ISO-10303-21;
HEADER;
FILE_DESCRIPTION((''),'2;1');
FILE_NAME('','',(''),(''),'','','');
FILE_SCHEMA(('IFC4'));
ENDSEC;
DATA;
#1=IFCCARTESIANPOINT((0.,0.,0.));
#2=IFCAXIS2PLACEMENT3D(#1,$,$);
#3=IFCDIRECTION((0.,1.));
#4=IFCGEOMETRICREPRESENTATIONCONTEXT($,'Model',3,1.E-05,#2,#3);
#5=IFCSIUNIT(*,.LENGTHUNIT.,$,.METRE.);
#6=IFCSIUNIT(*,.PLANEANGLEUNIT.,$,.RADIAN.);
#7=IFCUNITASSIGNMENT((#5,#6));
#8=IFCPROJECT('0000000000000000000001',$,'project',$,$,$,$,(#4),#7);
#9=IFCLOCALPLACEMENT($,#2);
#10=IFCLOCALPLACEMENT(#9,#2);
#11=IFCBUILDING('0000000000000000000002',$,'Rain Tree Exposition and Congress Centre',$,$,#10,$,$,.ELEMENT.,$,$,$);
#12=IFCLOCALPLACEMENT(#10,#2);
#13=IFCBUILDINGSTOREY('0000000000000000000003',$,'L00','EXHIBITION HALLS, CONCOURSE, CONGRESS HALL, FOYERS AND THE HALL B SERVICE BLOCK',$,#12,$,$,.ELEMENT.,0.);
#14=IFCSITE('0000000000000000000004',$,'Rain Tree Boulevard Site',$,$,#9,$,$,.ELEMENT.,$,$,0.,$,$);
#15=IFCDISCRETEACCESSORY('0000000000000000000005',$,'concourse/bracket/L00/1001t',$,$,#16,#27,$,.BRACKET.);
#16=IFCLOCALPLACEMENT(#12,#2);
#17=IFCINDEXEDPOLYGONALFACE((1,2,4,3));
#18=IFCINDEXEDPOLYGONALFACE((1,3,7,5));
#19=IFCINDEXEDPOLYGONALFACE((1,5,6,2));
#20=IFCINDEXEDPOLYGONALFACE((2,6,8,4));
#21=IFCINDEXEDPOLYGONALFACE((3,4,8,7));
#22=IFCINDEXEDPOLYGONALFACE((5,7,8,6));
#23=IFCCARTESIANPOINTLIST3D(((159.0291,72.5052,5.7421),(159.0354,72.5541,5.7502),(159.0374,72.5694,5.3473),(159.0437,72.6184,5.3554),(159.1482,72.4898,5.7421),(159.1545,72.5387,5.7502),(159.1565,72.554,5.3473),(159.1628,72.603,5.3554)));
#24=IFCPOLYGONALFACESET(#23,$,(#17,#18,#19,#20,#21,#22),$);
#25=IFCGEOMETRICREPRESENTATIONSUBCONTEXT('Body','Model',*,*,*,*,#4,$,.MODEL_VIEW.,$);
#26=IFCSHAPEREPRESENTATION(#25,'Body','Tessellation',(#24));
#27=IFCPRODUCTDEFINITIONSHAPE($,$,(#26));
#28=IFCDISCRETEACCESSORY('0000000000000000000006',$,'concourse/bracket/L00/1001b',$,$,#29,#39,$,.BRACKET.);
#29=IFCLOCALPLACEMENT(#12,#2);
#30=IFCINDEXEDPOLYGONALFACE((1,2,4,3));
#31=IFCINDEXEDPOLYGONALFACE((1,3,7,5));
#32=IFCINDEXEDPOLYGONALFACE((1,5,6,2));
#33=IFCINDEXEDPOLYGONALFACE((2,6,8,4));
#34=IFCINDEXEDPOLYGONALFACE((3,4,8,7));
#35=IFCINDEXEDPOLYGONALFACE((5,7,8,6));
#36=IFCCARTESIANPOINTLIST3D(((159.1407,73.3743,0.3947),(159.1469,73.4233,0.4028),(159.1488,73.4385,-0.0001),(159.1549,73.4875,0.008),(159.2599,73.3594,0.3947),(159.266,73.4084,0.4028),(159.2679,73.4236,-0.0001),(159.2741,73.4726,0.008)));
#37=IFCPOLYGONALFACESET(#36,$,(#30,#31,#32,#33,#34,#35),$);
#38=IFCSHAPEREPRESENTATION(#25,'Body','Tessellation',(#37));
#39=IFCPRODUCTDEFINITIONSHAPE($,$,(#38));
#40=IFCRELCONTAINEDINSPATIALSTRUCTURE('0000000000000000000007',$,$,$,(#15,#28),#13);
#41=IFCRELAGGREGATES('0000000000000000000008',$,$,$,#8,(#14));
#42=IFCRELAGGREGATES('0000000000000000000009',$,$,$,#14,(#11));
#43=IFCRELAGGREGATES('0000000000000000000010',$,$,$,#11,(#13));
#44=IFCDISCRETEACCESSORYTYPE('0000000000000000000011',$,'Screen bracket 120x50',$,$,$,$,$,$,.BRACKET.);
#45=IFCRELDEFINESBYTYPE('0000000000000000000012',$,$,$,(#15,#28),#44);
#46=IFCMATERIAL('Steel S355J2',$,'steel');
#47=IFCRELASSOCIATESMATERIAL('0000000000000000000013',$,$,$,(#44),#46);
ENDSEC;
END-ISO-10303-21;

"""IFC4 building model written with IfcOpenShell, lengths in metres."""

from ifc_helpers import new_model, si_unit, direction, frame, origin, origin_2d, place, context, subcontext, project, spatial, rectangle, extrude, material, material_profile, profile_set, type_object, element, save


model = new_model("IFC4")

# Units and contexts
model_context = context("Model", 3, precision=1e-05, world=origin(), true_north=direction((0.0, 1.0)))
body_context = subcontext(model_context, "Body", "Model", "MODEL_VIEW")
ifc_project = project(units=[si_unit("LENGTHUNIT", "METRE"), si_unit("PLANEANGLEUNIT", "RADIAN")], contexts=[model_context])

# Site, building, storey
site_placement = place(None, origin())
site = spatial("IfcSite", under=ifc_project, at=site_placement, Name="Rain Tree Boulevard Site", CompositionType="ELEMENT", RefElevation=0.0)
building_placement = place(site_placement, origin())
building = spatial("IfcBuilding", under=site, at=building_placement, Name="Rain Tree Exposition and Congress Centre", CompositionType="ELEMENT")
storey_placement = place(building_placement, origin())
storey = spatial("IfcBuildingStorey", under=building, at=storey_placement, Name="L00", Description="EXHIBITION HALLS, CONCOURSE, CONGRESS HALL, FOYERS AND THE HALL B SERVICE BLOCK", CompositionType="ELEMENT", Elevation=0.0)

# Discrete accessories
ifc_material_1 = material(Name="Steel S355J2", Category="steel")
ifc_material_profile_1 = material_profile(ifc_material_1, rectangle(XDim=0.1201, YDim=0.05, at=origin_2d()), Name="Flat bar 120x50")
ifc_profile_set_1 = profile_set([ifc_material_profile_1], Name="Steel S355J2")
discrete_accessory_type = type_object("IfcDiscreteAccessoryType", Name="Screen bracket 120x50", PredefinedType="BRACKET", material=ifc_profile_set_1)
for number, where, z_axis, x_axis, name in (
    (1, (159.1001, 72.5862, 5.3513), (-0.020749, -0.160503, 0.986817), (0.991747, -0.128211, 0.0), "concourse/bracket/L00/1001t"),
    (2, (159.2114, 73.4556, 0.0039), (-0.020139, -0.160505, 0.98683), (0.99222, -0.124499, 0.0), "concourse/bracket/L00/1001b"),
):
    element("IfcDiscreteAccessory", number, at=place(storey_placement, frame(where, z_axis=z_axis, x_axis=x_axis)), inside=storey, type_object=discrete_accessory_type, Name=name, PredefinedType="BRACKET", context=body_context, shape_type="SweptSolid", body=[
        extrude(rectangle(XDim=0.1201, YDim=0.05, at=origin_2d()), origin(), (0.0, 0.0, 1.0), 0.4001),
    ])

save(model, "model.ifc")
